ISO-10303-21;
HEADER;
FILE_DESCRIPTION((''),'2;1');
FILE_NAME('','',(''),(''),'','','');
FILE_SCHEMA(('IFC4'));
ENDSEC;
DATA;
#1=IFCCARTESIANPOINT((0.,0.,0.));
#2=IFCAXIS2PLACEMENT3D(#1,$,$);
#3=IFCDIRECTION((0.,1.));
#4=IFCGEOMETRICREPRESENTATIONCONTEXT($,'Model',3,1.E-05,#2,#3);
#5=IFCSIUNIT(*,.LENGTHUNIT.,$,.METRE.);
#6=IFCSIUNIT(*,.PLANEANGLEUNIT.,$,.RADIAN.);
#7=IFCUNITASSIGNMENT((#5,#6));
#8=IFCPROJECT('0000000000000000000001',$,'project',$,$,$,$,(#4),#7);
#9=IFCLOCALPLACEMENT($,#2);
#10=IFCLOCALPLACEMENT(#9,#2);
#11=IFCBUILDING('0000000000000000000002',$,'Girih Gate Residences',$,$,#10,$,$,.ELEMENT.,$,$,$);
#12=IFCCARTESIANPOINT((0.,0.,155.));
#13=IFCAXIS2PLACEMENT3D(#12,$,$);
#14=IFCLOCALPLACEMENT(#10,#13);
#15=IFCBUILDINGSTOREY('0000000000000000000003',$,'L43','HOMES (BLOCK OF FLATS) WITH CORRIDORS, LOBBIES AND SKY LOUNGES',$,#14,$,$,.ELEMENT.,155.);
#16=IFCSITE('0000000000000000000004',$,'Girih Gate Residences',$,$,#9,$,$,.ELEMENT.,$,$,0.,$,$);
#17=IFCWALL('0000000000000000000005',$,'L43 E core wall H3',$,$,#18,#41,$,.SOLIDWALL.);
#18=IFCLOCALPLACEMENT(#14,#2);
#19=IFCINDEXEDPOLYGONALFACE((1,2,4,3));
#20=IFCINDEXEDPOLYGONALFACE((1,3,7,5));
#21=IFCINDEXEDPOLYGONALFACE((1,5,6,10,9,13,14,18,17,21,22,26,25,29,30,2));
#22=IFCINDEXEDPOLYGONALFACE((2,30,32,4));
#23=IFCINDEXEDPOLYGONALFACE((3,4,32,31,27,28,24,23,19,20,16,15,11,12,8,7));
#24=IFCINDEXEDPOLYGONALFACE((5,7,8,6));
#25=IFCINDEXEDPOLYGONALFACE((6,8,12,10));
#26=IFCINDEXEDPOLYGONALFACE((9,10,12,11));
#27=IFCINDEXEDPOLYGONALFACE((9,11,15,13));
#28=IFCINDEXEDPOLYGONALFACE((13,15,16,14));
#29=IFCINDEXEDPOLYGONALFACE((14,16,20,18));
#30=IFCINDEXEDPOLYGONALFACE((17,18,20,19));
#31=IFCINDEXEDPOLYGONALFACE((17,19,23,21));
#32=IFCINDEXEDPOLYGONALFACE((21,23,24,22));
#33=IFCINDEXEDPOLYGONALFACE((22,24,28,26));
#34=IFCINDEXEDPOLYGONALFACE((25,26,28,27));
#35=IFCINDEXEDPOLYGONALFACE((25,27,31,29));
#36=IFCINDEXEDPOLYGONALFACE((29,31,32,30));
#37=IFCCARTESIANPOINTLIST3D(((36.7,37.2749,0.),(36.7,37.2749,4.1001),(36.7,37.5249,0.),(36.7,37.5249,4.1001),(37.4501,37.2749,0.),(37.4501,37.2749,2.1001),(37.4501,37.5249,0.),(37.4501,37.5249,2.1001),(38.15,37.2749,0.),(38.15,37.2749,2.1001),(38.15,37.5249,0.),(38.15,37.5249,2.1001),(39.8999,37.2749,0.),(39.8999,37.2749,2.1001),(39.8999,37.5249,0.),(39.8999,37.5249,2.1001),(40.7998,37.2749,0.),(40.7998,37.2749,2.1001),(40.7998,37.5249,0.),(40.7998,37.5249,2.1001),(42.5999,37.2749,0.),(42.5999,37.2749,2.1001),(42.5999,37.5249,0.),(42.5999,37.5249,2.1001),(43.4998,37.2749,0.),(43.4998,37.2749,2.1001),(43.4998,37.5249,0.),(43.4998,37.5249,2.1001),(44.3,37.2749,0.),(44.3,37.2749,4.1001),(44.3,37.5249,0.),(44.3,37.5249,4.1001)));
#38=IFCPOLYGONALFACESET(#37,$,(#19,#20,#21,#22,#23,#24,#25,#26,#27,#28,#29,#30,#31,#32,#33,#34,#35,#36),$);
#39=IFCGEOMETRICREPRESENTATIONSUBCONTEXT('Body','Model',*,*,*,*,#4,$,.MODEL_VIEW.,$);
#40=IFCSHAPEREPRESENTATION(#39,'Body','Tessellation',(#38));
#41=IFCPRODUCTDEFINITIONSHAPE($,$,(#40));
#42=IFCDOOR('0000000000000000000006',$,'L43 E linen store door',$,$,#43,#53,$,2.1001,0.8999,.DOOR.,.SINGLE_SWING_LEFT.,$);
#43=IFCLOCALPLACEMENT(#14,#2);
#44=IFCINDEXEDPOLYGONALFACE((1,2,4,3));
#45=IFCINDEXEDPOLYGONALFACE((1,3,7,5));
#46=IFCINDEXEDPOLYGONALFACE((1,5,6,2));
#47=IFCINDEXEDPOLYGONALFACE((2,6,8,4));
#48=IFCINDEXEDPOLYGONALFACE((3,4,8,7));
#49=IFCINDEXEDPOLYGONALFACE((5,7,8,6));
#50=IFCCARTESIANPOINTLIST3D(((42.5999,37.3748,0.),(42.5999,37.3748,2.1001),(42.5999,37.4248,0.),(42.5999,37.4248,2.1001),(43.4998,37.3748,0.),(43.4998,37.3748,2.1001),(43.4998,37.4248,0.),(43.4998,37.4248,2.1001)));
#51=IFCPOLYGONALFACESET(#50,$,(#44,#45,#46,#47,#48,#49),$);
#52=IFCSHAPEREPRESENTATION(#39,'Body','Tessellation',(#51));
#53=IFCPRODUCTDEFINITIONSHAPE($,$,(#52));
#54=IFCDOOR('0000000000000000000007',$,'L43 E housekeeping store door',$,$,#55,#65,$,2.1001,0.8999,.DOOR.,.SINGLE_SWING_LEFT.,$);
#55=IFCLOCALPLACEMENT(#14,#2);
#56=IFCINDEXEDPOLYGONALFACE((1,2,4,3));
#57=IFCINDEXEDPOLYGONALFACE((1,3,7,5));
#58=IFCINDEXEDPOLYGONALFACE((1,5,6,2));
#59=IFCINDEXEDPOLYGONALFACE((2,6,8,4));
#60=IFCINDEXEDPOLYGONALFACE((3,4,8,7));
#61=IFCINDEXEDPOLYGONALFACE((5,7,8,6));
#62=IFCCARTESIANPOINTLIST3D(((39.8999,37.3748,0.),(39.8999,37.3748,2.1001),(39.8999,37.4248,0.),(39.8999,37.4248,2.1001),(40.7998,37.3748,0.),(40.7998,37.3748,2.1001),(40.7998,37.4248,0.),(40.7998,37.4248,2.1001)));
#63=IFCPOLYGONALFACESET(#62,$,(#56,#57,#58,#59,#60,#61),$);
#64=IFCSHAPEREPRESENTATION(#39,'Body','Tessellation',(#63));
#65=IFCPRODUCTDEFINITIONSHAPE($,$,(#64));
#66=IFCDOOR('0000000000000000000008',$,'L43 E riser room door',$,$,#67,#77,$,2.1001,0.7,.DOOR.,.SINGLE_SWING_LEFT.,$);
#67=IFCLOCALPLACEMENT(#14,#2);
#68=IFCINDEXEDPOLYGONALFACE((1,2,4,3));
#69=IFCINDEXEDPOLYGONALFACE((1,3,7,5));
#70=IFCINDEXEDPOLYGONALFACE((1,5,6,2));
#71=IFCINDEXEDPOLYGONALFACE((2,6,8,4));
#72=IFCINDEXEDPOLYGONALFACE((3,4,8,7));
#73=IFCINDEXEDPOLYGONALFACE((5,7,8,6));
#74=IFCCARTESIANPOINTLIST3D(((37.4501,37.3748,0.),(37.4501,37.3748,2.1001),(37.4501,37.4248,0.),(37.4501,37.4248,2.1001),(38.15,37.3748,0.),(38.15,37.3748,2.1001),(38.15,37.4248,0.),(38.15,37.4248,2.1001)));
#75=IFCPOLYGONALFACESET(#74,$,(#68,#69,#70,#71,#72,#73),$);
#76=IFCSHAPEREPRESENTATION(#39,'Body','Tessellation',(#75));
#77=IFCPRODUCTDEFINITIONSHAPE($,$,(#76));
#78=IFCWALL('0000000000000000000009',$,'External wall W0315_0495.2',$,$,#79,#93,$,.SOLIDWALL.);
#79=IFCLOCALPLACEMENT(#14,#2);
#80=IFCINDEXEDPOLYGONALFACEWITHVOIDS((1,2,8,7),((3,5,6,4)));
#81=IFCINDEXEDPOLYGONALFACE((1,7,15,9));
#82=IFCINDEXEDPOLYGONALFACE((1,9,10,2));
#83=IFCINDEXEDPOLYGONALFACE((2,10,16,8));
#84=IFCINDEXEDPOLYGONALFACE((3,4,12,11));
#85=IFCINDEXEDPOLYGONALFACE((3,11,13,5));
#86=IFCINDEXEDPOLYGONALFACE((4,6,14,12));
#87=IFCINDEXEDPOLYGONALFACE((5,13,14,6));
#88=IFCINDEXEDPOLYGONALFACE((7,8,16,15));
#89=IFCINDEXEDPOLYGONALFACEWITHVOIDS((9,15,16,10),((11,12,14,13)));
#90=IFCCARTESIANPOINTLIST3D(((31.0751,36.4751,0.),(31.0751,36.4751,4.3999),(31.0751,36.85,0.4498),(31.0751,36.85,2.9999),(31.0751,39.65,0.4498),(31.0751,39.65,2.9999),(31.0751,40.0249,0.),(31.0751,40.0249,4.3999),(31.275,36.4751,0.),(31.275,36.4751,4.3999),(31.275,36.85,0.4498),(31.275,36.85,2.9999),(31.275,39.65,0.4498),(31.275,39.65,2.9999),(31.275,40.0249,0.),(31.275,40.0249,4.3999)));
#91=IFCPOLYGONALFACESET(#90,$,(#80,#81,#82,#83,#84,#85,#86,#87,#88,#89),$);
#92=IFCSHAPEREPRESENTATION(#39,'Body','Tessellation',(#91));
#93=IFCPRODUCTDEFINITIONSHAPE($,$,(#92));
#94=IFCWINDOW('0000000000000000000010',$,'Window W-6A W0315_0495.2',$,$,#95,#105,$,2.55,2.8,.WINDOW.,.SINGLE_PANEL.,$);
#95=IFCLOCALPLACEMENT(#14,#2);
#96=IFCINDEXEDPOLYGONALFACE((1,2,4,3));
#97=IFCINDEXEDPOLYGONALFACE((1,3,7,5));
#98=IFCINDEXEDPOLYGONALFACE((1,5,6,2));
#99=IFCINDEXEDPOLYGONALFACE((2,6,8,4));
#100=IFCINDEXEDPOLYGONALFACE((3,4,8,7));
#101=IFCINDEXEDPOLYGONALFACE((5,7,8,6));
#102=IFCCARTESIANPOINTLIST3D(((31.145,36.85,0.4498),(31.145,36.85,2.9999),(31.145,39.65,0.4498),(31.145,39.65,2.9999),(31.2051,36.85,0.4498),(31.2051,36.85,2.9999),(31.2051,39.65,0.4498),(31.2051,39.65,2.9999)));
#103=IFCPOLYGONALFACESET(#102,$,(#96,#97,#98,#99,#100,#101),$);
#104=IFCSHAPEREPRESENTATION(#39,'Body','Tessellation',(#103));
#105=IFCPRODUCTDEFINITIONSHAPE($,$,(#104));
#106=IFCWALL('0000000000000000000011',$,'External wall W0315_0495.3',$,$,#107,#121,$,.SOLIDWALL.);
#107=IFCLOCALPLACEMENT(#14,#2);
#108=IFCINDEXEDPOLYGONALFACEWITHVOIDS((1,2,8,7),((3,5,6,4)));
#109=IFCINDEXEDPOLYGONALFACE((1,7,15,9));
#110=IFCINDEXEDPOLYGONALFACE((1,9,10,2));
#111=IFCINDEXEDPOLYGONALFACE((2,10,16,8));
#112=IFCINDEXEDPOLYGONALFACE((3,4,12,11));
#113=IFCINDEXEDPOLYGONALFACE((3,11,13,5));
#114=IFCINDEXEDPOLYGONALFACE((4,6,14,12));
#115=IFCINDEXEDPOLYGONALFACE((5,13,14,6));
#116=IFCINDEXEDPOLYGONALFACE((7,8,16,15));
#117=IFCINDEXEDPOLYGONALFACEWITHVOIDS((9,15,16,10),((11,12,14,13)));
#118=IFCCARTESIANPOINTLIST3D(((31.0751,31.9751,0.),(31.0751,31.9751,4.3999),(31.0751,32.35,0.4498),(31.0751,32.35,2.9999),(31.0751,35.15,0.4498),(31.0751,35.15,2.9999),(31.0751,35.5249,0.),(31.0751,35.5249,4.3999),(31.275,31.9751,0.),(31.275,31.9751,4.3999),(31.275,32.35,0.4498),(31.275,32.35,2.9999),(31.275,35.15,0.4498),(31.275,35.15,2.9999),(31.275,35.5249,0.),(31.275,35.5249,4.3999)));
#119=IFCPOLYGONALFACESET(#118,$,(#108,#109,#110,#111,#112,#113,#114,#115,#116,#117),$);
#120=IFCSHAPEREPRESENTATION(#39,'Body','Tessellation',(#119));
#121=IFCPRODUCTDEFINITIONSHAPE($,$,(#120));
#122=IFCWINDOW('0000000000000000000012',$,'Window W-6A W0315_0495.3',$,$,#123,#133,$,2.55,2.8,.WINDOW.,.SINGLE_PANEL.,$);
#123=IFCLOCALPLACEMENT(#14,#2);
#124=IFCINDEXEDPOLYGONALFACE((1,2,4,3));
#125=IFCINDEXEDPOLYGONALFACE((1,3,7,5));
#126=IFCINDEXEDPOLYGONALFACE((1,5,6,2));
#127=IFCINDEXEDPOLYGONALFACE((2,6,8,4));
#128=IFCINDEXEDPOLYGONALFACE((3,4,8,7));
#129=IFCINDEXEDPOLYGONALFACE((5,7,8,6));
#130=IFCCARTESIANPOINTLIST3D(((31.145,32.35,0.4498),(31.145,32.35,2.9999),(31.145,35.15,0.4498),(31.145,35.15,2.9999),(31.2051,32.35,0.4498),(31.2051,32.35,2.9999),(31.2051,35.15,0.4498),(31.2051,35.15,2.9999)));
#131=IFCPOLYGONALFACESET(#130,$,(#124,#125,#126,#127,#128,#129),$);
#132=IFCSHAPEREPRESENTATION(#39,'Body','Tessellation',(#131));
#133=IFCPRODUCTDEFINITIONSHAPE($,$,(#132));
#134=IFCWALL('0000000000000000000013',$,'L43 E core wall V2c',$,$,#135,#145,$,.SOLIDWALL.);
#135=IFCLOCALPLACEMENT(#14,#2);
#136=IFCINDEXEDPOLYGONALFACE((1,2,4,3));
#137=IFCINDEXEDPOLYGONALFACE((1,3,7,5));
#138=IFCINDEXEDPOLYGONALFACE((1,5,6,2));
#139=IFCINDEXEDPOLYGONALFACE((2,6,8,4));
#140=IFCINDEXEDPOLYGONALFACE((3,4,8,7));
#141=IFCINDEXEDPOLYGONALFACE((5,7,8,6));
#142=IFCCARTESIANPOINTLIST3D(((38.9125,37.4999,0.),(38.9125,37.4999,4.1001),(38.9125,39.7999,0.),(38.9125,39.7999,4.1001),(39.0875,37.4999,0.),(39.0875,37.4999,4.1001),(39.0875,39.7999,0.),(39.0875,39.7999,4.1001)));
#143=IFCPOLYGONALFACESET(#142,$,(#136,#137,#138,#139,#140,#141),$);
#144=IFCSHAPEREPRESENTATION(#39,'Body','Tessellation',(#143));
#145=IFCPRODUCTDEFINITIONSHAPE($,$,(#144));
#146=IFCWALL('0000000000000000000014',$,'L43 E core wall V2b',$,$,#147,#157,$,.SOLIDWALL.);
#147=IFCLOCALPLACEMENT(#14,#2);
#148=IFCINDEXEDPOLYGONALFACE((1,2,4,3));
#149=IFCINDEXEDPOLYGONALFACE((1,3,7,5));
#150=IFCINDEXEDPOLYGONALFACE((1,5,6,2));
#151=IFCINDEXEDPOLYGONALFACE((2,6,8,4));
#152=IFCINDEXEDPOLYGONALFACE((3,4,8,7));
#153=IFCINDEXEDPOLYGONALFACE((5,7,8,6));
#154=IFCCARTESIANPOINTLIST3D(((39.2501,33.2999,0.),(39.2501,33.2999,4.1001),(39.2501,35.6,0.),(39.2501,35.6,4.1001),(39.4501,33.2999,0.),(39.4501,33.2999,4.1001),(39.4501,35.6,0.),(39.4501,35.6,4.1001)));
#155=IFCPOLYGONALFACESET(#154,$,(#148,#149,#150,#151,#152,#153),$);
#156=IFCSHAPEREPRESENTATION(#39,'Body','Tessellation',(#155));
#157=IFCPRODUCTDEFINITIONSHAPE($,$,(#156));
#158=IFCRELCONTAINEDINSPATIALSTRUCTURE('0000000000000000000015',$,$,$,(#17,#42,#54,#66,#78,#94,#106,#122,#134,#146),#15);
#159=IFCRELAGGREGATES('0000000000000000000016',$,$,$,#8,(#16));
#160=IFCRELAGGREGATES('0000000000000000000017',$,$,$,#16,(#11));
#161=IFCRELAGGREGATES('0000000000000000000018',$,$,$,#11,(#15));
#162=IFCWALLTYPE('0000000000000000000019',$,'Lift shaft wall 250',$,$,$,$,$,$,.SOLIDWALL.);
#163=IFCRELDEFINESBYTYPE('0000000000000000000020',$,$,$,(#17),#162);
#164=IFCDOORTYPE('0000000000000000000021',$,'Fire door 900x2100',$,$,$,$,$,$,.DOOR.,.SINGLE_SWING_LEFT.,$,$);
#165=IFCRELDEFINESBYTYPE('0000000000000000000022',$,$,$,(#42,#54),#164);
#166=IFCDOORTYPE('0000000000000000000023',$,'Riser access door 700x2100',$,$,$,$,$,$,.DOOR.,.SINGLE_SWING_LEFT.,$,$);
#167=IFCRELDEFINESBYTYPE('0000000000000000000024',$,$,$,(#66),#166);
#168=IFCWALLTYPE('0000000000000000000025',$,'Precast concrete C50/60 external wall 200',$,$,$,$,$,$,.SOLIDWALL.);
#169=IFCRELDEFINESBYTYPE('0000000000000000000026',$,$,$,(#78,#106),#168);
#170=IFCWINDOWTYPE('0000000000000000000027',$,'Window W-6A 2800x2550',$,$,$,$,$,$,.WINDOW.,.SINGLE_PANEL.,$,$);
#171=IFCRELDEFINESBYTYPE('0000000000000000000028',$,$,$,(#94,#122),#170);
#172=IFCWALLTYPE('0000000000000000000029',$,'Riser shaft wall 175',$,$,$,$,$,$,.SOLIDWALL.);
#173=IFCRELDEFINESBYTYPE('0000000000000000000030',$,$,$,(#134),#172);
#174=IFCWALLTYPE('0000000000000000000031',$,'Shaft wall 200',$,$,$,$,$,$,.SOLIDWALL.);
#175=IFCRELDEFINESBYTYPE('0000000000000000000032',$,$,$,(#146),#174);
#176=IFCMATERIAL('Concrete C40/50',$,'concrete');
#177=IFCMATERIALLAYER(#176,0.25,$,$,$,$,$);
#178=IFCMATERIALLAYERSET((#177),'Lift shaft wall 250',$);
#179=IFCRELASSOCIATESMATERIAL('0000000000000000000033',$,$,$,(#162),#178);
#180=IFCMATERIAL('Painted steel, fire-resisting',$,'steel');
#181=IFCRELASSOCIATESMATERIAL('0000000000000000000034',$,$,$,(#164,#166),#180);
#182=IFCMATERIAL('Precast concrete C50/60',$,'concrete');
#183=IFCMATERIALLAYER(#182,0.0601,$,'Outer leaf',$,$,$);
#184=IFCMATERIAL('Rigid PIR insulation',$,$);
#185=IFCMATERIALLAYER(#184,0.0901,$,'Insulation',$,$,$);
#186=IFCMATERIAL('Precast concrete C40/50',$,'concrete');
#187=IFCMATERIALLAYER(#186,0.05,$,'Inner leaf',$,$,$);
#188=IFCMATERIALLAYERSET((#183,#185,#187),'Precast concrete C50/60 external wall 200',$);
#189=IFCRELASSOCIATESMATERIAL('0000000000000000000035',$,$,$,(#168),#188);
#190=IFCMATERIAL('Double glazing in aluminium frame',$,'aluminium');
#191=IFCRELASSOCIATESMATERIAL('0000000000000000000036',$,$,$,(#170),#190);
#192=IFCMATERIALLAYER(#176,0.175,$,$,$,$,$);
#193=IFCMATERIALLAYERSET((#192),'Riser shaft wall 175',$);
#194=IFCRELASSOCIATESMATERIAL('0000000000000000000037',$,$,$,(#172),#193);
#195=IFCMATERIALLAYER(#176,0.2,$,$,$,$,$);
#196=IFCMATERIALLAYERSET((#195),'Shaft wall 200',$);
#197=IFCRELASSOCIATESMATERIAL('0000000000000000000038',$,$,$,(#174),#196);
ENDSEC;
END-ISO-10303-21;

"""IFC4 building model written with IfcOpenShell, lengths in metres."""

from ifc_helpers import new_model, si_unit, direction, frame, frame_2d, origin, place, context, subcontext, project, spatial, rectangle, extrude, material, layer, layer_set, type_object, element, fill, save


model = new_model("IFC4")

# Units and contexts
model_context = context("Model", 3, precision=1e-05, world=origin(), true_north=direction((0.0, 1.0)))
body_context = subcontext(model_context, "Body", "Model", "MODEL_VIEW")
ifc_project = project(units=[si_unit("LENGTHUNIT", "METRE"), si_unit("PLANEANGLEUNIT", "RADIAN")], contexts=[model_context])

# Site, building, storey
site_placement = place(None, origin())
site = spatial("IfcSite", under=ifc_project, at=site_placement, Name="Girih Gate Residences", CompositionType="ELEMENT", RefElevation=0.0)
building_placement = place(site_placement, origin())
building = spatial("IfcBuilding", under=site, at=building_placement, Name="Girih Gate Residences", CompositionType="ELEMENT")
storey_placement = place(building_placement, frame((0.0, 0.0, 155.0)))
storey = spatial("IfcBuildingStorey", under=building, at=storey_placement, Name="L43", Description="HOMES (BLOCK OF FLATS) WITH CORRIDORS, LOBBIES AND SKY LOUNGES", CompositionType="ELEMENT", Elevation=155.0)

# Shared definitions
ifc_material_1 = material(Name="Concrete C40/50", Category="concrete")
ifc_layer_1 = layer(ifc_material_1, 0.25)
ifc_layer_set_1 = layer_set([ifc_layer_1], Name="Lift shaft wall 250")
wall_type_1 = type_object("IfcWallType", Name="Lift shaft wall 250", PredefinedType="SOLIDWALL", material=ifc_layer_set_1)

# Wall, openings, doors
ifc_material_2 = material(Name="Painted steel, fire-resisting", Category="steel")
door_type_1 = type_object("IfcDoorType", Name="Fire door 900x2100", OperationType="SINGLE_SWING_LEFT", PredefinedType="DOOR", material=ifc_material_2)
wall_1_placement = place(storey_placement, frame((36.7, 37.3999, 0.0), z_axis=(0.0, 0.0, 1.0), x_axis=(1.0, 0.0, 0.0)))
wall_1 = element("IfcWall", 1, at=wall_1_placement, inside=storey, type_object=wall_type_1, Name="L43 E core wall H3", PredefinedType="SOLIDWALL", context=body_context, shape_type="SweptSolid", body=[
    extrude(rectangle(XDim=7.6001, YDim=0.25, at=frame_2d((3.8, 0.0))), origin(), (0.0, 0.0, 1.0), 4.1001),
])
opening_1_placement = place(wall_1_placement, frame((0.75, 0.0, 0.0)))
opening_1 = element("IfcOpeningElement", 2, at=opening_1_placement, cuts=wall_1, PredefinedType="OPENING", context=body_context, shape_type="SweptSolid", body=[
    extrude(rectangle(XDim=0.7, YDim=2.1001, at=frame_2d((0.3501, 1.05))), frame((0.0, 0.135, 0.0), z_axis=(0.0, -1.0, 0.0), x_axis=(1.0, 0.0, 0.0)), (0.0, 0.0, 1.0), 0.27),
])
opening_2_placement = place(wall_1_placement, frame((5.8999, 0.0, 0.0)))
opening_2 = element("IfcOpeningElement", 3, at=opening_2_placement, cuts=wall_1, PredefinedType="OPENING", context=body_context, shape_type="SweptSolid", body=[
    extrude(rectangle(XDim=0.8999, YDim=2.1001, at=frame_2d((0.45, 1.05))), frame((0.0, 0.135, 0.0), z_axis=(0.0, -1.0, 0.0), x_axis=(1.0, 0.0, 0.0)), (0.0, 0.0, 1.0), 0.27),
])
opening_3_placement = place(wall_1_placement, frame((3.2, 0.0, 0.0)))
opening_3 = element("IfcOpeningElement", 4, at=opening_3_placement, cuts=wall_1, PredefinedType="OPENING", context=body_context, shape_type="SweptSolid", body=[
    extrude(rectangle(XDim=0.8999, YDim=2.1001, at=frame_2d((0.45, 1.05))), frame((0.0, 0.135, 0.0), z_axis=(0.0, -1.0, 0.0), x_axis=(1.0, 0.0, 0.0)), (0.0, 0.0, 1.0), 0.27),
])
door_1_placement = place(opening_2_placement, origin())
door_1 = element("IfcDoor", 5, at=door_1_placement, inside=storey, type_object=door_type_1, Name="L43 E linen store door", OperationType="SINGLE_SWING_LEFT", OverallHeight=2.1001, OverallWidth=0.8999, PredefinedType="DOOR", context=body_context, shape_type="SweptSolid", body=[
    extrude(rectangle(XDim=0.8999, YDim=2.1001, at=frame_2d((0.45, 1.05))), frame((0.0, 0.0249, 0.0), z_axis=(0.0, -1.0, 0.0), x_axis=(1.0, 0.0, 0.0)), (0.0, 0.0, 1.0), 0.05),
])
fill(opening_2, door_1)
door_2_placement = place(opening_3_placement, origin())
door_2 = element("IfcDoor", 6, at=door_2_placement, inside=storey, type_object=door_type_1, Name="L43 E housekeeping store door", OperationType="SINGLE_SWING_LEFT", OverallHeight=2.1001, OverallWidth=0.8999, PredefinedType="DOOR", context=body_context, shape_type="SweptSolid", body=[
    extrude(rectangle(XDim=0.8999, YDim=2.1001, at=frame_2d((0.45, 1.05))), frame((0.0, 0.0249, 0.0), z_axis=(0.0, -1.0, 0.0), x_axis=(1.0, 0.0, 0.0)), (0.0, 0.0, 1.0), 0.05),
])
fill(opening_3, door_2)
door_type_2 = type_object("IfcDoorType", Name="Riser access door 700x2100", OperationType="SINGLE_SWING_LEFT", PredefinedType="DOOR", material=ifc_material_2)
door_3_placement = place(opening_1_placement, origin())
door_3 = element("IfcDoor", 7, at=door_3_placement, inside=storey, type_object=door_type_2, Name="L43 E riser room door", OperationType="SINGLE_SWING_LEFT", OverallHeight=2.1001, OverallWidth=0.7, PredefinedType="DOOR", context=body_context, shape_type="SweptSolid", body=[
    extrude(rectangle(XDim=0.7, YDim=2.1001, at=frame_2d((0.3501, 1.05))), frame((0.0, 0.0249, 0.0), z_axis=(0.0, -1.0, 0.0), x_axis=(1.0, 0.0, 0.0)), (0.0, 0.0, 1.0), 0.05),
])
fill(opening_1, door_3)

# Walls, openings, windows
ifc_material_3 = material(Name="Precast concrete C50/60", Category="concrete")
ifc_layer_2 = layer(ifc_material_3, 0.0601, Name="Outer leaf")
ifc_material_4 = material(Name="Rigid PIR insulation")
ifc_layer_3 = layer(ifc_material_4, 0.0901, Name="Insulation")
ifc_material_5 = material(Name="Precast concrete C40/50", Category="concrete")
ifc_layer_4 = layer(ifc_material_5, 0.05, Name="Inner leaf")
ifc_layer_set_2 = layer_set([ifc_layer_2, ifc_layer_3, ifc_layer_4], Name="Precast concrete C50/60 external wall 200")
wall_type_2 = type_object("IfcWallType", Name="Precast concrete C50/60 external wall 200", PredefinedType="SOLIDWALL", material=ifc_layer_set_2)
wall_2_placement = place(storey_placement, frame((31.175, 36.4751, 0.0), z_axis=(0.0, 0.0, 1.0), x_axis=(0.0, 1.0, 0.0)))
wall_2 = element("IfcWall", 8, at=wall_2_placement, inside=storey, type_object=wall_type_2, Name="External wall W0315_0495.2", PredefinedType="SOLIDWALL", context=body_context, shape_type="SweptSolid", body=[
    extrude(rectangle(XDim=3.5498, YDim=0.2, at=frame_2d((1.7749, 0.0))), origin(), (0.0, 0.0, 1.0), 4.3999),
])
opening_4_placement = place(wall_2_placement, frame((0.375, 0.0, 0.45)))
opening_4 = element("IfcOpeningElement", 9, at=opening_4_placement, cuts=wall_2, PredefinedType="OPENING", context=body_context, shape_type="SweptSolid", body=[
    extrude(rectangle(XDim=2.8, YDim=2.55, at=frame_2d((1.3999, 1.2749))), frame((0.0, 0.1099, 0.0), z_axis=(0.0, -1.0, 0.0), x_axis=(1.0, 0.0, 0.0)), (0.0, 0.0, 1.0), 0.22),
])
ifc_material_6 = material(Name="Double glazing in aluminium frame", Category="aluminium")
window_type = type_object("IfcWindowType", Name="Window W-6A 2800x2550", PartitioningType="SINGLE_PANEL", PredefinedType="WINDOW", material=ifc_material_6)
window_1_placement = place(opening_4_placement, origin())
window_1 = element("IfcWindow", 10, at=window_1_placement, inside=storey, type_object=window_type, Name="Window W-6A W0315_0495.2", OverallHeight=2.55, OverallWidth=2.8, PartitioningType="SINGLE_PANEL", PredefinedType="WINDOW", context=body_context, shape_type="SweptSolid", body=[
    extrude(rectangle(XDim=2.8, YDim=2.55, at=frame_2d((1.3999, 1.2749))), frame((0.0, 0.03, 0.0), z_axis=(0.0, -1.0, 0.0), x_axis=(1.0, 0.0, 0.0)), (0.0, 0.0, 1.0), 0.0601),
])
fill(opening_4, window_1)
wall_3_placement = place(storey_placement, frame((31.175, 31.9751, 0.0), z_axis=(0.0, 0.0, 1.0), x_axis=(0.0, 1.0, 0.0)))
wall_3 = element("IfcWall", 11, at=wall_3_placement, inside=storey, type_object=wall_type_2, Name="External wall W0315_0495.3", PredefinedType="SOLIDWALL", context=body_context, shape_type="SweptSolid", body=[
    extrude(rectangle(XDim=3.5498, YDim=0.2, at=frame_2d((1.7749, 0.0))), origin(), (0.0, 0.0, 1.0), 4.3999),
])
opening_5_placement = place(wall_3_placement, frame((0.375, 0.0, 0.45)))
opening_5 = element("IfcOpeningElement", 12, at=opening_5_placement, cuts=wall_3, PredefinedType="OPENING", context=body_context, shape_type="SweptSolid", body=[
    extrude(rectangle(XDim=2.8, YDim=2.55, at=frame_2d((1.3999, 1.2749))), frame((0.0, 0.1099, 0.0), z_axis=(0.0, -1.0, 0.0), x_axis=(1.0, 0.0, 0.0)), (0.0, 0.0, 1.0), 0.22),
])
window_2_placement = place(opening_5_placement, origin())
window_2 = element("IfcWindow", 13, at=window_2_placement, inside=storey, type_object=window_type, Name="Window W-6A W0315_0495.3", OverallHeight=2.55, OverallWidth=2.8, PartitioningType="SINGLE_PANEL", PredefinedType="WINDOW", context=body_context, shape_type="SweptSolid", body=[
    extrude(rectangle(XDim=2.8, YDim=2.55, at=frame_2d((1.3999, 1.2749))), frame((0.0, 0.03, 0.0), z_axis=(0.0, -1.0, 0.0), x_axis=(1.0, 0.0, 0.0)), (0.0, 0.0, 1.0), 0.0601),
])
fill(opening_5, window_2)

# Walls
ifc_layer_5 = layer(ifc_material_1, 0.175)
ifc_layer_set_3 = layer_set([ifc_layer_5], Name="Riser shaft wall 175")
wall_type_3 = type_object("IfcWallType", Name="Riser shaft wall 175", PredefinedType="SOLIDWALL", material=ifc_layer_set_3)
wall_4_placement = place(storey_placement, frame((39.0, 37.5, 0.0), z_axis=(0.0, 0.0, 1.0), x_axis=(0.0, 1.0, 0.0)))
element("IfcWall", 14, at=wall_4_placement, inside=storey, type_object=wall_type_3, Name="L43 E core wall V2c", PredefinedType="SOLIDWALL", context=body_context, shape_type="SweptSolid", body=[
    extrude(rectangle(XDim=2.3, YDim=0.175, at=frame_2d((1.1499, 0.0))), origin(), (0.0, 0.0, 1.0), 4.1001),
])
ifc_layer_6 = layer(ifc_material_1, 0.2)
ifc_layer_set_4 = layer_set([ifc_layer_6], Name="Shaft wall 200")
wall_type_4 = type_object("IfcWallType", Name="Shaft wall 200", PredefinedType="SOLIDWALL", material=ifc_layer_set_4)
wall_5_placement = place(storey_placement, frame((39.3501, 33.3, 0.0), z_axis=(0.0, 0.0, 1.0), x_axis=(0.0, 1.0, 0.0)))
element("IfcWall", 15, at=wall_5_placement, inside=storey, type_object=wall_type_4, Name="L43 E core wall V2b", PredefinedType="SOLIDWALL", context=body_context, shape_type="SweptSolid", body=[
    extrude(rectangle(XDim=2.3, YDim=0.2, at=frame_2d((1.1499, 0.0))), origin(), (0.0, 0.0, 1.0), 4.1001),
])

save(model, "model.ifc")
